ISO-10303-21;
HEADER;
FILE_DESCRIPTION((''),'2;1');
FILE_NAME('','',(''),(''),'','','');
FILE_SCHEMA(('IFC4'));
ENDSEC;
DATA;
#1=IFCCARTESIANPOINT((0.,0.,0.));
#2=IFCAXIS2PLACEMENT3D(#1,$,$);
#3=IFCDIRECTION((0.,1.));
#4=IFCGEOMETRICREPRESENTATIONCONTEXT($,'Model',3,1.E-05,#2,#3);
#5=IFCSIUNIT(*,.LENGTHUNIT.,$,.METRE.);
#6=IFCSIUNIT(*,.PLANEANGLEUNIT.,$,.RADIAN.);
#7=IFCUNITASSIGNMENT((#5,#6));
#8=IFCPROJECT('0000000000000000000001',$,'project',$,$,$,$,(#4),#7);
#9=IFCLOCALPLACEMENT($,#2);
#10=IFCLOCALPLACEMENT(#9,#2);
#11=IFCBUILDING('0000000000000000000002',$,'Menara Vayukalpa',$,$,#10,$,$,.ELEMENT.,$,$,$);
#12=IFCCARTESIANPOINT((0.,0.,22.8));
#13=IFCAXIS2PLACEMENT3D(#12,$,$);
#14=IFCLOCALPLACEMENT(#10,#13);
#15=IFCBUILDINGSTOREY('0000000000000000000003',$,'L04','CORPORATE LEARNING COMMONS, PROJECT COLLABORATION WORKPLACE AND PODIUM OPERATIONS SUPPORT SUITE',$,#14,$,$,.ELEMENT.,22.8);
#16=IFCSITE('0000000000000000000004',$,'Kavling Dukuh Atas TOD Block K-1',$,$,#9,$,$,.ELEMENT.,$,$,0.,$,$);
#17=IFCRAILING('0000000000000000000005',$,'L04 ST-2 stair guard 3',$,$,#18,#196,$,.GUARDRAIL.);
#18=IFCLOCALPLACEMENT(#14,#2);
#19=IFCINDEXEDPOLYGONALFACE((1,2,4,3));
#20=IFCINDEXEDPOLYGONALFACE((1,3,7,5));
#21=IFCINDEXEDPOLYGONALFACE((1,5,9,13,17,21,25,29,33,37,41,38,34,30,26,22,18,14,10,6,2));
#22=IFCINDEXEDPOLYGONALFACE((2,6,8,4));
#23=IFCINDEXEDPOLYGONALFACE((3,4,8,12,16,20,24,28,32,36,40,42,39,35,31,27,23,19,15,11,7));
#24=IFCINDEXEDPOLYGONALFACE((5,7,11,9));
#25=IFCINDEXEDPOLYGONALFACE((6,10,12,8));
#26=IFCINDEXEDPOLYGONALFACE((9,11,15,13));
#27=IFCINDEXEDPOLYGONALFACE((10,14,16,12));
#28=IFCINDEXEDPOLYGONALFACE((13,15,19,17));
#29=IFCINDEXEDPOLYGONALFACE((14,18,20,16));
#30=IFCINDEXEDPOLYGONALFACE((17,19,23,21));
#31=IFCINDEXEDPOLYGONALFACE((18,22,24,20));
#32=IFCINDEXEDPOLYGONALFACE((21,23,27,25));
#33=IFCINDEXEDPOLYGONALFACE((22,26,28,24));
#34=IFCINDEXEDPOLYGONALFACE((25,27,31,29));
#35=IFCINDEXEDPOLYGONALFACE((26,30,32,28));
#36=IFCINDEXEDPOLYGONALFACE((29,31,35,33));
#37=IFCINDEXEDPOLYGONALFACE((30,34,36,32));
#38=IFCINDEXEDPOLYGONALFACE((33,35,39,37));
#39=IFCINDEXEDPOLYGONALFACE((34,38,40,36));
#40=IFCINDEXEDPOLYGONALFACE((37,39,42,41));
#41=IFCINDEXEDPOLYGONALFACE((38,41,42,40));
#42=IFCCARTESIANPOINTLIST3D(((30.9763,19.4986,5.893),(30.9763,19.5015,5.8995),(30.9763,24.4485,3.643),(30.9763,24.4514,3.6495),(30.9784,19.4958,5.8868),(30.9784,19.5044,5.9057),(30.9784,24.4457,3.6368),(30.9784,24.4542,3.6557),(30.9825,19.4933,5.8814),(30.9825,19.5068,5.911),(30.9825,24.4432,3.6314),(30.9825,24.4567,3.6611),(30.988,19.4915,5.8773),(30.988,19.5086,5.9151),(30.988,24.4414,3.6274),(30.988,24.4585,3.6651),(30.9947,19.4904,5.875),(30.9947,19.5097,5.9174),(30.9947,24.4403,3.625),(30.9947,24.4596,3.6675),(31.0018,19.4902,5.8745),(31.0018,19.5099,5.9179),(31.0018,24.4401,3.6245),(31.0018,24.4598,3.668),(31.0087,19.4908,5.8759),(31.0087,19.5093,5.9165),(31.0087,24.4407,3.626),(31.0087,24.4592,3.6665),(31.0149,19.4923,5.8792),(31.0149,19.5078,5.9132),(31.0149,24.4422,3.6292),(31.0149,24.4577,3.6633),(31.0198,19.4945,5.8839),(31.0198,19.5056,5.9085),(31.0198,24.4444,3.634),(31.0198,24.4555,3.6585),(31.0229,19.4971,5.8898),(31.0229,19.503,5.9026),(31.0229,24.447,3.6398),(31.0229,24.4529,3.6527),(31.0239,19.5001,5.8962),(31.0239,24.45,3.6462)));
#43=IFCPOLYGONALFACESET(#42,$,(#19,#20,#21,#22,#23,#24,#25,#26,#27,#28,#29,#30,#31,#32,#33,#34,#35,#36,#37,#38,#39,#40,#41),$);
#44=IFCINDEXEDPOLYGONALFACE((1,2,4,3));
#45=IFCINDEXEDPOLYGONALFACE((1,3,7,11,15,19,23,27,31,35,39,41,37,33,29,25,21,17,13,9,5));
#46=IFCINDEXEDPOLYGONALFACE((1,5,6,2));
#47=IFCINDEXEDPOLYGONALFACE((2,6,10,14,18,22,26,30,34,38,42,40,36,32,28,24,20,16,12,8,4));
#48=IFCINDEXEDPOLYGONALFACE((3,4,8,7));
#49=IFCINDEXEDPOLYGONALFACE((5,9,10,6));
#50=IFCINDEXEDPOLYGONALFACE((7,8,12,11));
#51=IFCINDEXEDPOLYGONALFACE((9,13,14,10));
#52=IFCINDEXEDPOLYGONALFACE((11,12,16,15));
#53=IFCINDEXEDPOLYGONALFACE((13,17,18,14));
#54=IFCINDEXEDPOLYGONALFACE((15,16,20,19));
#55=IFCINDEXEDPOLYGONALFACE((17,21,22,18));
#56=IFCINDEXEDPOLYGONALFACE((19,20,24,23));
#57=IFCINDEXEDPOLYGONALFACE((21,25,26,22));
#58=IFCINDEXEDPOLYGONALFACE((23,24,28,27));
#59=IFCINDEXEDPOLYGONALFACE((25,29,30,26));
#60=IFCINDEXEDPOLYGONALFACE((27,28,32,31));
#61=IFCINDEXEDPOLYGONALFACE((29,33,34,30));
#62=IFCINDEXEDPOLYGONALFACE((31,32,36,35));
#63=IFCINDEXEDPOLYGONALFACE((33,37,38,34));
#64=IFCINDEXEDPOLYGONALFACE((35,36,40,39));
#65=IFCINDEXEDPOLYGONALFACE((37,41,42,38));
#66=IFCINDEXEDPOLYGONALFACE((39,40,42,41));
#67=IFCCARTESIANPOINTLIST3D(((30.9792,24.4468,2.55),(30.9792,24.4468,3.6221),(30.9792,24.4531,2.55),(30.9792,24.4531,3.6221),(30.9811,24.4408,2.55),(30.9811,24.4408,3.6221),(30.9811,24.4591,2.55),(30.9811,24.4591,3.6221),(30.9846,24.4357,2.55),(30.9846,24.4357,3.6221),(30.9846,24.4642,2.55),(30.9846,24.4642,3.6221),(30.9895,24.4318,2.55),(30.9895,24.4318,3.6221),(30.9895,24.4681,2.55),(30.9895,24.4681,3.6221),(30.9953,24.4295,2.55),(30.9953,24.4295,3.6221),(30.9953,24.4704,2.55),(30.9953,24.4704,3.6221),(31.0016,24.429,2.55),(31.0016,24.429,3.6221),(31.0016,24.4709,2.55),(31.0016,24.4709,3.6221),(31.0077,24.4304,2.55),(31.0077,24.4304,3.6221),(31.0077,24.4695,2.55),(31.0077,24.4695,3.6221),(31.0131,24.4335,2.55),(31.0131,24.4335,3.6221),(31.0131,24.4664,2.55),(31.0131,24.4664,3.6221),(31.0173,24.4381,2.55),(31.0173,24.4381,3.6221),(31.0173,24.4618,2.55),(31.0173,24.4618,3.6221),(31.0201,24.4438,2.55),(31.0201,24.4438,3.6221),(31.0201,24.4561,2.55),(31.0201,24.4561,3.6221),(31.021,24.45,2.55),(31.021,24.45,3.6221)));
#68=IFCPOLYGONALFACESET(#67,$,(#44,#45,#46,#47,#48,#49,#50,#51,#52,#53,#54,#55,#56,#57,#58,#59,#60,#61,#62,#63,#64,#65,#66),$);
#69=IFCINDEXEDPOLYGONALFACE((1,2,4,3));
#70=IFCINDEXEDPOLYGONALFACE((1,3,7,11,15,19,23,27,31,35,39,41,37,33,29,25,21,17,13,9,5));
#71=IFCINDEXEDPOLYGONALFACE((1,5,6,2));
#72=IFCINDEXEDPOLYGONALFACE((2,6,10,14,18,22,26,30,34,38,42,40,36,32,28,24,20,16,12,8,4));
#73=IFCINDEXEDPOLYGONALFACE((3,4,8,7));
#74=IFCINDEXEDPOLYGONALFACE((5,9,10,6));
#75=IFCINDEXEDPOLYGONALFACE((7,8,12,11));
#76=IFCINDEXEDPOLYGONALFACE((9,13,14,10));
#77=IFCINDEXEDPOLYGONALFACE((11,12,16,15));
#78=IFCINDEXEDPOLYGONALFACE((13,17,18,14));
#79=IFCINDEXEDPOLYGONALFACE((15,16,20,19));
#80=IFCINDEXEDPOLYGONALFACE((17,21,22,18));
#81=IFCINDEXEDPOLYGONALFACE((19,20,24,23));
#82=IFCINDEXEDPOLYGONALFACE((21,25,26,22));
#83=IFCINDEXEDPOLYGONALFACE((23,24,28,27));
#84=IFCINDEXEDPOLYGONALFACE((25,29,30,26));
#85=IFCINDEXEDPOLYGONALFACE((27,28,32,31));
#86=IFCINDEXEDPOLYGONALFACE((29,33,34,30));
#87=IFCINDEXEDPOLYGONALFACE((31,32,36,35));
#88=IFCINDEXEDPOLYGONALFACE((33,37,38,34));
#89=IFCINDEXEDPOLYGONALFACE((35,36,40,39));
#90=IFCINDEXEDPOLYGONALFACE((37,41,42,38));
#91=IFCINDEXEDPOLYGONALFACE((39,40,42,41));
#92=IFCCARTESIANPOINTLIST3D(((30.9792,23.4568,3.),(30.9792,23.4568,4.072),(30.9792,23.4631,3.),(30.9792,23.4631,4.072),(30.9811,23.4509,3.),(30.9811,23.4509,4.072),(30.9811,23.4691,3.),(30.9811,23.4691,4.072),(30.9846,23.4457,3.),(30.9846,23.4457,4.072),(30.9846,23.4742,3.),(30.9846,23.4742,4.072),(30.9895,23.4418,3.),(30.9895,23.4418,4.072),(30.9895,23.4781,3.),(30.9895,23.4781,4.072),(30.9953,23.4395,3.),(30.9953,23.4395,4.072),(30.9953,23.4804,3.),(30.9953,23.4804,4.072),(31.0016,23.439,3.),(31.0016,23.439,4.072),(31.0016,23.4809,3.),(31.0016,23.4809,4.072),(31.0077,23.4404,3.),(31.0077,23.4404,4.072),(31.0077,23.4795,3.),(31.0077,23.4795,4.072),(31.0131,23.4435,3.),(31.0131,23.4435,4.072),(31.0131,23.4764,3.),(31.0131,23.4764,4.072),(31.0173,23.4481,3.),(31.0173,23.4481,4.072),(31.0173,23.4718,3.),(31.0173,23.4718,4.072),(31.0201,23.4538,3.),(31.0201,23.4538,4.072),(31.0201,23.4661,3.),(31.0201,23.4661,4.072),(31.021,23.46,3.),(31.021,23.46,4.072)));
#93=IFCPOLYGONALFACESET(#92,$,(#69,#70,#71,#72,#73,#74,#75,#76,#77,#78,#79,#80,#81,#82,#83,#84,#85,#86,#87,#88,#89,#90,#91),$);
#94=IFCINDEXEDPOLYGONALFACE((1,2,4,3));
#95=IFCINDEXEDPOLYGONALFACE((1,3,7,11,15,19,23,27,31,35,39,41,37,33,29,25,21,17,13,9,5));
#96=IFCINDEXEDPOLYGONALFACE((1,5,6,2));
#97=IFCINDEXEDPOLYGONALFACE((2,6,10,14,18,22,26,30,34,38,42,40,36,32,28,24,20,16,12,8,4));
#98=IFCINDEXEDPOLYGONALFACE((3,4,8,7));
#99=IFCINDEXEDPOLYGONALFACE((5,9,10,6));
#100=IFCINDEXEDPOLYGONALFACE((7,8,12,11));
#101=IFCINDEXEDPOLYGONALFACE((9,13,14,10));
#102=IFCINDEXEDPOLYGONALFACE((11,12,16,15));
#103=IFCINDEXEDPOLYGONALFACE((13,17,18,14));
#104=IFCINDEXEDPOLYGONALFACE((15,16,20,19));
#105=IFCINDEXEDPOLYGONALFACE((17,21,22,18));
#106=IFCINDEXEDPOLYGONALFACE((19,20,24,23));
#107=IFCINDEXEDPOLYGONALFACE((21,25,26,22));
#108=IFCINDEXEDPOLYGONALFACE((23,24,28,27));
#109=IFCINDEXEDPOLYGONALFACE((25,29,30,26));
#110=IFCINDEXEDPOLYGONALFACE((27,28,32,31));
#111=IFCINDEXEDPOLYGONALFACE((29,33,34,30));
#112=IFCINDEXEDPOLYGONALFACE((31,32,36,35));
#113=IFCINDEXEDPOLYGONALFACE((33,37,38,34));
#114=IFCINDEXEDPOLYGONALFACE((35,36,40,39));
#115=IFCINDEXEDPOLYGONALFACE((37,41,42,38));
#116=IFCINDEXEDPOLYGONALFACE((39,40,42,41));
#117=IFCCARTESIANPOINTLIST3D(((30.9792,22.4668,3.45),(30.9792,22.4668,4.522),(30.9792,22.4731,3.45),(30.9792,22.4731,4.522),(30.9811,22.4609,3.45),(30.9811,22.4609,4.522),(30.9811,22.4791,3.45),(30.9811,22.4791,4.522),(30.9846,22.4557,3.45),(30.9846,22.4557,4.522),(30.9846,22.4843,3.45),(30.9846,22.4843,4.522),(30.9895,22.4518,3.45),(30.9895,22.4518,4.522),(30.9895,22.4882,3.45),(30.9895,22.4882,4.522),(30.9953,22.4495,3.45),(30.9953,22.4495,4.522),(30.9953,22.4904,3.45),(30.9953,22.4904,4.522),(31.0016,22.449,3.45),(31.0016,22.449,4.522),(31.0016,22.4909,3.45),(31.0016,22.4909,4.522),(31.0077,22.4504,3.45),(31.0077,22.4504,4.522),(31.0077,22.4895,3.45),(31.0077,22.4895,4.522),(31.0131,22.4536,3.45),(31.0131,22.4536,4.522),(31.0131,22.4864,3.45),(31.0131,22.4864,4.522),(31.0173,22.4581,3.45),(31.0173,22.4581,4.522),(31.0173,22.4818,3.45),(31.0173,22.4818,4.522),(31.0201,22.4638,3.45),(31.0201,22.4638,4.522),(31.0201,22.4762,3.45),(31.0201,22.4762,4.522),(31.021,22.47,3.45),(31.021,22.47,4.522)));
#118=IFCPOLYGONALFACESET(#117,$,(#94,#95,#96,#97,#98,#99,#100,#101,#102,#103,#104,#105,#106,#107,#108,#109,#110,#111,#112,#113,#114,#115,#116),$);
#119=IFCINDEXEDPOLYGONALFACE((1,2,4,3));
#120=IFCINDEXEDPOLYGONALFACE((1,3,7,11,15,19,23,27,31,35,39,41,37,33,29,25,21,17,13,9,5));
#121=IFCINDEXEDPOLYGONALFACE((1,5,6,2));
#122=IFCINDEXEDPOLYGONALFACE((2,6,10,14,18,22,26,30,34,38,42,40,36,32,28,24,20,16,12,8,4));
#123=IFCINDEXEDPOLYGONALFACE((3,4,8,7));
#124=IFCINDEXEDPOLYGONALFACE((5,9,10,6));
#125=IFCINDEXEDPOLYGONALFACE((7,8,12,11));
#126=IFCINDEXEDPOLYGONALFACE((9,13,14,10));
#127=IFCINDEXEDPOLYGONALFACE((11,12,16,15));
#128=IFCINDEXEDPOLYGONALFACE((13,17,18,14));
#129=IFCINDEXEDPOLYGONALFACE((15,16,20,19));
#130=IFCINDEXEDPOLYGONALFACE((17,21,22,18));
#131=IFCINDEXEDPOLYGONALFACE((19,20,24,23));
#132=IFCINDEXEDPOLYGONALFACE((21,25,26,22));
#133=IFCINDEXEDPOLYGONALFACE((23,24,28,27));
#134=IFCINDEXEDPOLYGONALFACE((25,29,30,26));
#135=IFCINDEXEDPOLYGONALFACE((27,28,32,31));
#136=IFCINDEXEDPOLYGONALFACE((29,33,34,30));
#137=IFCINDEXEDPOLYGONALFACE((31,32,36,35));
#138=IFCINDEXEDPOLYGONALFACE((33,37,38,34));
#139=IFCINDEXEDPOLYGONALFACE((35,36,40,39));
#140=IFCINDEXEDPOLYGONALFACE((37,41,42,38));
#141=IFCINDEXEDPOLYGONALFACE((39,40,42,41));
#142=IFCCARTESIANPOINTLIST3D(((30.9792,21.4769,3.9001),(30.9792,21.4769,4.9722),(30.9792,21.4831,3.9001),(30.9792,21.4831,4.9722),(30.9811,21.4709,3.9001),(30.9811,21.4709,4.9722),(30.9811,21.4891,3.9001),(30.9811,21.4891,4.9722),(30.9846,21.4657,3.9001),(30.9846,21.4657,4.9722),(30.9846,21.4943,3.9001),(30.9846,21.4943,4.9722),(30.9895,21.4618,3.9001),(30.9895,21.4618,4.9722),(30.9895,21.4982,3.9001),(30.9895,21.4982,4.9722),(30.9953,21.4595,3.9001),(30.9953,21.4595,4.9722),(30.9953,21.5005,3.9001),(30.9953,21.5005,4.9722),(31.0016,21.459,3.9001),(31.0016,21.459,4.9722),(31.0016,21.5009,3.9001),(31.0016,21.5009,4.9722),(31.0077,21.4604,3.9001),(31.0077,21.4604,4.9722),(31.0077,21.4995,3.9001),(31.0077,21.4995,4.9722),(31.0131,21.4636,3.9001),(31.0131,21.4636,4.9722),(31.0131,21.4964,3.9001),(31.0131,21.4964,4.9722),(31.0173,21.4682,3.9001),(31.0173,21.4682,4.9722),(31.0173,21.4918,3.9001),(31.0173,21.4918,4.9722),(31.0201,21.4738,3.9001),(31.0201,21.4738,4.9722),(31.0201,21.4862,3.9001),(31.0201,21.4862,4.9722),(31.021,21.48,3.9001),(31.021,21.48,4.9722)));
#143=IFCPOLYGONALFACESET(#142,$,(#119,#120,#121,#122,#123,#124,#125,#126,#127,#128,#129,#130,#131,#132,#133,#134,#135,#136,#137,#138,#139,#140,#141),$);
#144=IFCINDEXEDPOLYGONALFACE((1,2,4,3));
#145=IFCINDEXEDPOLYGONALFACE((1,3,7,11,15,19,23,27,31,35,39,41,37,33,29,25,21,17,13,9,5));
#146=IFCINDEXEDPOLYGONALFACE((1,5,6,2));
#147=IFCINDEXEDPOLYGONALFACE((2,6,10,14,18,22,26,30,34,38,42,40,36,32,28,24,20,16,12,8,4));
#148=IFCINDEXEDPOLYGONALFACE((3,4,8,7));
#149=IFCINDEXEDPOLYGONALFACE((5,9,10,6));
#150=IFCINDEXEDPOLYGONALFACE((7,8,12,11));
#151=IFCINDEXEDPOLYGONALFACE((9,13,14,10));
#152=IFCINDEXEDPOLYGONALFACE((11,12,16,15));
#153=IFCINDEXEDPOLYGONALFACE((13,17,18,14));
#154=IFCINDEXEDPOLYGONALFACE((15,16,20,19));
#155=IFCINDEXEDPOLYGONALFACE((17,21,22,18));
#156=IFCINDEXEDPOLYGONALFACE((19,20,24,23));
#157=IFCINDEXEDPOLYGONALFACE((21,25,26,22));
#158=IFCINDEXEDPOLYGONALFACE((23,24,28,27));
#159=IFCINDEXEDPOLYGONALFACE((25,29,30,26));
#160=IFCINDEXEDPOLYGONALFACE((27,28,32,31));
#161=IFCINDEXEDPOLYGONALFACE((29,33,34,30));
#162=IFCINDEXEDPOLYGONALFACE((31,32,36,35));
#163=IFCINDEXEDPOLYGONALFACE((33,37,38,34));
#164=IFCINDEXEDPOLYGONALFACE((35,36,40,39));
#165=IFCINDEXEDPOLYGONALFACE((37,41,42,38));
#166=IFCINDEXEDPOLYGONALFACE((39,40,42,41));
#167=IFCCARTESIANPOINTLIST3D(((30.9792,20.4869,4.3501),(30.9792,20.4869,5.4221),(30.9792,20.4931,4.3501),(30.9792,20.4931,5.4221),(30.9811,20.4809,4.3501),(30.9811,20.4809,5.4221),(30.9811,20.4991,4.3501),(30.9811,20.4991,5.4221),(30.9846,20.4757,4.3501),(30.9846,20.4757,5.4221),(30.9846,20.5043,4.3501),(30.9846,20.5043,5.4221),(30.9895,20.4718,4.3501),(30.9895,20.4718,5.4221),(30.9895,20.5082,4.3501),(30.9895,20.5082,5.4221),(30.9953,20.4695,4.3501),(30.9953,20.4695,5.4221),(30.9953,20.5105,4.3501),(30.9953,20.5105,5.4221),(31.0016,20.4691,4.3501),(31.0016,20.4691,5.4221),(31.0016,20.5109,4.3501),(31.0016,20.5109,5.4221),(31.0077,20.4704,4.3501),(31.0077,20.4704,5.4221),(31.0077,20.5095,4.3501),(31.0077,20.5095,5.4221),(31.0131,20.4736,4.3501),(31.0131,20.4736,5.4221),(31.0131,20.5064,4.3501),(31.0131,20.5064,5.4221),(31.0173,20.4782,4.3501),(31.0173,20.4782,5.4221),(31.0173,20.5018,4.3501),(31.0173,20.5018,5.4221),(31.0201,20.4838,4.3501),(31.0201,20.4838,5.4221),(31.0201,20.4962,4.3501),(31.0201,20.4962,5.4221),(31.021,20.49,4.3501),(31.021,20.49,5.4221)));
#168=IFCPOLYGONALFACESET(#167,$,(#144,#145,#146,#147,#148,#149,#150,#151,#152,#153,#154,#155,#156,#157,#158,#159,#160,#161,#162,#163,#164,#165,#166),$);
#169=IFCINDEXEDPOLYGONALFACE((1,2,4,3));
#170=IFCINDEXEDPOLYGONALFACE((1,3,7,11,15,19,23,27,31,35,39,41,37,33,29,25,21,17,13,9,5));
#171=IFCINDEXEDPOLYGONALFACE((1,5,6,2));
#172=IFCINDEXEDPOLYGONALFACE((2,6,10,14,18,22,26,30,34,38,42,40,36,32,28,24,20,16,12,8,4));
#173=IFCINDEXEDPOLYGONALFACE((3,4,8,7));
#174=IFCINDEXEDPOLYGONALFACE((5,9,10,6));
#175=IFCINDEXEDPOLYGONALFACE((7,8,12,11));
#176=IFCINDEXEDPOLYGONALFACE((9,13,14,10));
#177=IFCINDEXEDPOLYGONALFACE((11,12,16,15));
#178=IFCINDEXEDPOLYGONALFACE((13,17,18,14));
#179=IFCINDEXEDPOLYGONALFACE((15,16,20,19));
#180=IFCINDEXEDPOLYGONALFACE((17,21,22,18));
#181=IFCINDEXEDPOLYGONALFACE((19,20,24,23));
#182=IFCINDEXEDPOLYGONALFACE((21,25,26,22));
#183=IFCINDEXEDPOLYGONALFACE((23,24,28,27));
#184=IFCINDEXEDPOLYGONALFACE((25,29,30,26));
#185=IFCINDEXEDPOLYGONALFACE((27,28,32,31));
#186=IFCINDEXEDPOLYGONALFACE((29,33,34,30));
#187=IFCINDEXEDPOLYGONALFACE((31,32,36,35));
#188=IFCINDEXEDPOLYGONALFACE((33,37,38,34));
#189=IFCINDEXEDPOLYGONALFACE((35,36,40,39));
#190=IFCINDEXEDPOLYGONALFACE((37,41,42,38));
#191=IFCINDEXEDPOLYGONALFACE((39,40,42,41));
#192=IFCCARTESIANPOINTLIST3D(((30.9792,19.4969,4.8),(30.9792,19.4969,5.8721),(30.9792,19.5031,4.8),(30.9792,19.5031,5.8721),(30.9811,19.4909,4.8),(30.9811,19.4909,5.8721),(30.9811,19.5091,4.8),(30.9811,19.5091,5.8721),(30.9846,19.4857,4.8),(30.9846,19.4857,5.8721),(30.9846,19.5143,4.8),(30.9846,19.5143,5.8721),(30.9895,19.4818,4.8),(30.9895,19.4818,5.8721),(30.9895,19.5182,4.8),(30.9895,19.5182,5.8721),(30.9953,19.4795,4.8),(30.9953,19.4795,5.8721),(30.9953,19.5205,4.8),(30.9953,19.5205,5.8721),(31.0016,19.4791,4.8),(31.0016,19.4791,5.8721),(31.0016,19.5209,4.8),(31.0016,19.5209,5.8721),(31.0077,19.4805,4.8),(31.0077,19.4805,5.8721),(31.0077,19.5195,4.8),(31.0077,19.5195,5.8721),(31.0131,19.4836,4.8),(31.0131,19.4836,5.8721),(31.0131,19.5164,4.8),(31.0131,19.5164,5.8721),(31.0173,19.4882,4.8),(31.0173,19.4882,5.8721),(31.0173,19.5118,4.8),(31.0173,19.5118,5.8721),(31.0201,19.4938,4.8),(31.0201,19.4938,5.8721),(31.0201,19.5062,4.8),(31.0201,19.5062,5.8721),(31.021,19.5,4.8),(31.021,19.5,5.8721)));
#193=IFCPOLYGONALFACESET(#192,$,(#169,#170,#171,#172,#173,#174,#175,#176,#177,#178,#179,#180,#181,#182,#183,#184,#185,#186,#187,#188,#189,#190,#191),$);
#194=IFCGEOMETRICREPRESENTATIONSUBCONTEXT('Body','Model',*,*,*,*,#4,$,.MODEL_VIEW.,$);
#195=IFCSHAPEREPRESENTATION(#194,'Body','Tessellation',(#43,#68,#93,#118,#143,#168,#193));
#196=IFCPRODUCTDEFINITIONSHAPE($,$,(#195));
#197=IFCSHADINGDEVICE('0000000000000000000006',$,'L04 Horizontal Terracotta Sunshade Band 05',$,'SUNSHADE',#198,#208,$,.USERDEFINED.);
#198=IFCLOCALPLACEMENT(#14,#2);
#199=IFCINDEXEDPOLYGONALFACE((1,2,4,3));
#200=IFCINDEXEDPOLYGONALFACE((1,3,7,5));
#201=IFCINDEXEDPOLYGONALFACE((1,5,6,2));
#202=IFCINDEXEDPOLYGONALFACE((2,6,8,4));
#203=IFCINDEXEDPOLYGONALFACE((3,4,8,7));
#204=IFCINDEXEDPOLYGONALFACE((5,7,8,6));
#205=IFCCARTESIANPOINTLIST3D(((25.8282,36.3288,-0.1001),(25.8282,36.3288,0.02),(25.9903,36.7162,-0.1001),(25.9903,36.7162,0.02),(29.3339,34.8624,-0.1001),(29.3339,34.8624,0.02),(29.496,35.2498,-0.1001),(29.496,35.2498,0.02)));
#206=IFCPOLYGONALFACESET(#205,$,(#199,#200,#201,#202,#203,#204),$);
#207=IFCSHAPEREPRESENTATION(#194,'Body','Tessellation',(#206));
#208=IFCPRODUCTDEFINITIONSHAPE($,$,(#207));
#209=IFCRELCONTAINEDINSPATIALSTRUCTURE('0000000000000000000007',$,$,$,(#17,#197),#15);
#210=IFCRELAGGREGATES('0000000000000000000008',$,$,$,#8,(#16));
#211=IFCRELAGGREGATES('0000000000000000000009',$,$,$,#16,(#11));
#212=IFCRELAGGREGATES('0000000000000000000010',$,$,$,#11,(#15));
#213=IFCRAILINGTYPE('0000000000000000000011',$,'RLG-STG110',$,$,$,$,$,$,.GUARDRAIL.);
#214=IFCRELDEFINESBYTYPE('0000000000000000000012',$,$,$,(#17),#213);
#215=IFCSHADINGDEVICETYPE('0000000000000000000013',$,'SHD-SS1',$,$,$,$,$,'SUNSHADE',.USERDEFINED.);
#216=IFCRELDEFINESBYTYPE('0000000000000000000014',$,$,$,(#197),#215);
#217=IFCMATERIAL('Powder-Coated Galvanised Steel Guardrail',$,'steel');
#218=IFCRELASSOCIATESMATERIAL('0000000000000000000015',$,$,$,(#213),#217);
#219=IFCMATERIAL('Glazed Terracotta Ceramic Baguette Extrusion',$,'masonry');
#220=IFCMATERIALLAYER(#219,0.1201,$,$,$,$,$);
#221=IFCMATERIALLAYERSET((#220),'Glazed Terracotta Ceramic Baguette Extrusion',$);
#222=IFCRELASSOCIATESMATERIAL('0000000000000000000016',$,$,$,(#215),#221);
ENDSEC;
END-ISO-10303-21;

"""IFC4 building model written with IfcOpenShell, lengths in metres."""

from ifc_helpers import new_model, si_unit, direction, frame, origin, origin_2d, place, context, subcontext, project, spatial, rectangle, circle, extrude, material, layer, layer_set, type_object, element, save


model = new_model("IFC4")

# Units and contexts
model_context = context("Model", 3, precision=1e-05, world=origin(), true_north=direction((0.0, 1.0)))
body_context = subcontext(model_context, "Body", "Model", "MODEL_VIEW")
ifc_project = project(units=[si_unit("LENGTHUNIT", "METRE"), si_unit("PLANEANGLEUNIT", "RADIAN")], contexts=[model_context])

# Site, building, storey
site_placement = place(None, origin())
site = spatial("IfcSite", under=ifc_project, at=site_placement, Name="Kavling Dukuh Atas TOD Block K-1", CompositionType="ELEMENT", RefElevation=0.0)
building_placement = place(site_placement, origin())
building = spatial("IfcBuilding", under=site, at=building_placement, Name="Menara Vayukalpa", CompositionType="ELEMENT")
storey_placement = place(building_placement, frame((0.0, 0.0, 22.8)))
storey = spatial("IfcBuildingStorey", under=building, at=storey_placement, Name="L04", Description="CORPORATE LEARNING COMMONS, PROJECT COLLABORATION WORKPLACE AND PODIUM OPERATIONS SUPPORT SUITE", CompositionType="ELEMENT", Elevation=22.8)

# Railing
ifc_material_1 = material(Name="Powder-Coated Galvanised Steel Guardrail", Category="steel")
railing_type_1 = type_object("IfcRailingType", Name="RLG-STG110", PredefinedType="GUARDRAIL", material=ifc_material_1)
railing_1_placement = place(storey_placement, frame((31.0, 24.45, 2.55)))
element("IfcRailing", 1, at=railing_1_placement, inside=storey, type_object=railing_type_1, Name="L04 ST-2 stair guard 3", PredefinedType="GUARDRAIL", context=body_context, shape_type="SweptSolid", body=[
    extrude(circle(Radius=0.0239, at=origin_2d()), frame((0.0, 0.0, 1.0962), z_axis=(0.0, -0.910365, 0.413806), x_axis=(1.0, 0.0, 0.0)), (0.0, 0.0, 1.0), 5.4373),
    extrude(circle(Radius=0.021, at=origin_2d()), origin(), (0.0, 0.0, 1.0), 1.072),
    extrude(circle(Radius=0.021, at=origin_2d()), frame((0.0, -0.99, 0.45)), (0.0, 0.0, 1.0), 1.072),
    extrude(circle(Radius=0.021, at=origin_2d()), frame((0.0, -1.98, 0.8999)), (0.0, 0.0, 1.0), 1.072),
    extrude(circle(Radius=0.021, at=origin_2d()), frame((0.0, -2.97, 1.3501)), (0.0, 0.0, 1.0), 1.072),
    extrude(circle(Radius=0.021, at=origin_2d()), frame((0.0, -3.96, 1.8)), (0.0, 0.0, 1.0), 1.072),
    extrude(circle(Radius=0.021, at=origin_2d()), frame((0.0, -4.95, 2.25)), (0.0, 0.0, 1.0), 1.072),
])

# Shading device
ifc_material_2 = material(Name="Glazed Terracotta Ceramic Baguette Extrusion", Category="masonry")
ifc_layer_1 = layer(ifc_material_2, 0.1201)
ifc_layer_set_1 = layer_set([ifc_layer_1], Name="Glazed Terracotta Ceramic Baguette Extrusion")
shading_device_type = type_object("IfcShadingDeviceType", Name="SHD-SS1", ElementType="SUNSHADE", PredefinedType="USERDEFINED", material=ifc_layer_set_1)
shading_device_placement = place(storey_placement, frame((27.6621, 35.7893, -0.1001), z_axis=(0.0, 0.0, 1.0), x_axis=(-0.922545, 0.38589, 0.0)))
element("IfcShadingDevice", 2, at=shading_device_placement, inside=storey, type_object=shading_device_type, Name="L04 Horizontal Terracotta Sunshade Band 05", ObjectType="SUNSHADE", PredefinedType="USERDEFINED", context=body_context, shape_type="SweptSolid", body=[
    extrude(rectangle(XDim=3.8, YDim=0.4199, at=origin_2d()), origin(), (0.0, 0.0, 1.0), 0.1201),
])

save(model, "model.ifc")
